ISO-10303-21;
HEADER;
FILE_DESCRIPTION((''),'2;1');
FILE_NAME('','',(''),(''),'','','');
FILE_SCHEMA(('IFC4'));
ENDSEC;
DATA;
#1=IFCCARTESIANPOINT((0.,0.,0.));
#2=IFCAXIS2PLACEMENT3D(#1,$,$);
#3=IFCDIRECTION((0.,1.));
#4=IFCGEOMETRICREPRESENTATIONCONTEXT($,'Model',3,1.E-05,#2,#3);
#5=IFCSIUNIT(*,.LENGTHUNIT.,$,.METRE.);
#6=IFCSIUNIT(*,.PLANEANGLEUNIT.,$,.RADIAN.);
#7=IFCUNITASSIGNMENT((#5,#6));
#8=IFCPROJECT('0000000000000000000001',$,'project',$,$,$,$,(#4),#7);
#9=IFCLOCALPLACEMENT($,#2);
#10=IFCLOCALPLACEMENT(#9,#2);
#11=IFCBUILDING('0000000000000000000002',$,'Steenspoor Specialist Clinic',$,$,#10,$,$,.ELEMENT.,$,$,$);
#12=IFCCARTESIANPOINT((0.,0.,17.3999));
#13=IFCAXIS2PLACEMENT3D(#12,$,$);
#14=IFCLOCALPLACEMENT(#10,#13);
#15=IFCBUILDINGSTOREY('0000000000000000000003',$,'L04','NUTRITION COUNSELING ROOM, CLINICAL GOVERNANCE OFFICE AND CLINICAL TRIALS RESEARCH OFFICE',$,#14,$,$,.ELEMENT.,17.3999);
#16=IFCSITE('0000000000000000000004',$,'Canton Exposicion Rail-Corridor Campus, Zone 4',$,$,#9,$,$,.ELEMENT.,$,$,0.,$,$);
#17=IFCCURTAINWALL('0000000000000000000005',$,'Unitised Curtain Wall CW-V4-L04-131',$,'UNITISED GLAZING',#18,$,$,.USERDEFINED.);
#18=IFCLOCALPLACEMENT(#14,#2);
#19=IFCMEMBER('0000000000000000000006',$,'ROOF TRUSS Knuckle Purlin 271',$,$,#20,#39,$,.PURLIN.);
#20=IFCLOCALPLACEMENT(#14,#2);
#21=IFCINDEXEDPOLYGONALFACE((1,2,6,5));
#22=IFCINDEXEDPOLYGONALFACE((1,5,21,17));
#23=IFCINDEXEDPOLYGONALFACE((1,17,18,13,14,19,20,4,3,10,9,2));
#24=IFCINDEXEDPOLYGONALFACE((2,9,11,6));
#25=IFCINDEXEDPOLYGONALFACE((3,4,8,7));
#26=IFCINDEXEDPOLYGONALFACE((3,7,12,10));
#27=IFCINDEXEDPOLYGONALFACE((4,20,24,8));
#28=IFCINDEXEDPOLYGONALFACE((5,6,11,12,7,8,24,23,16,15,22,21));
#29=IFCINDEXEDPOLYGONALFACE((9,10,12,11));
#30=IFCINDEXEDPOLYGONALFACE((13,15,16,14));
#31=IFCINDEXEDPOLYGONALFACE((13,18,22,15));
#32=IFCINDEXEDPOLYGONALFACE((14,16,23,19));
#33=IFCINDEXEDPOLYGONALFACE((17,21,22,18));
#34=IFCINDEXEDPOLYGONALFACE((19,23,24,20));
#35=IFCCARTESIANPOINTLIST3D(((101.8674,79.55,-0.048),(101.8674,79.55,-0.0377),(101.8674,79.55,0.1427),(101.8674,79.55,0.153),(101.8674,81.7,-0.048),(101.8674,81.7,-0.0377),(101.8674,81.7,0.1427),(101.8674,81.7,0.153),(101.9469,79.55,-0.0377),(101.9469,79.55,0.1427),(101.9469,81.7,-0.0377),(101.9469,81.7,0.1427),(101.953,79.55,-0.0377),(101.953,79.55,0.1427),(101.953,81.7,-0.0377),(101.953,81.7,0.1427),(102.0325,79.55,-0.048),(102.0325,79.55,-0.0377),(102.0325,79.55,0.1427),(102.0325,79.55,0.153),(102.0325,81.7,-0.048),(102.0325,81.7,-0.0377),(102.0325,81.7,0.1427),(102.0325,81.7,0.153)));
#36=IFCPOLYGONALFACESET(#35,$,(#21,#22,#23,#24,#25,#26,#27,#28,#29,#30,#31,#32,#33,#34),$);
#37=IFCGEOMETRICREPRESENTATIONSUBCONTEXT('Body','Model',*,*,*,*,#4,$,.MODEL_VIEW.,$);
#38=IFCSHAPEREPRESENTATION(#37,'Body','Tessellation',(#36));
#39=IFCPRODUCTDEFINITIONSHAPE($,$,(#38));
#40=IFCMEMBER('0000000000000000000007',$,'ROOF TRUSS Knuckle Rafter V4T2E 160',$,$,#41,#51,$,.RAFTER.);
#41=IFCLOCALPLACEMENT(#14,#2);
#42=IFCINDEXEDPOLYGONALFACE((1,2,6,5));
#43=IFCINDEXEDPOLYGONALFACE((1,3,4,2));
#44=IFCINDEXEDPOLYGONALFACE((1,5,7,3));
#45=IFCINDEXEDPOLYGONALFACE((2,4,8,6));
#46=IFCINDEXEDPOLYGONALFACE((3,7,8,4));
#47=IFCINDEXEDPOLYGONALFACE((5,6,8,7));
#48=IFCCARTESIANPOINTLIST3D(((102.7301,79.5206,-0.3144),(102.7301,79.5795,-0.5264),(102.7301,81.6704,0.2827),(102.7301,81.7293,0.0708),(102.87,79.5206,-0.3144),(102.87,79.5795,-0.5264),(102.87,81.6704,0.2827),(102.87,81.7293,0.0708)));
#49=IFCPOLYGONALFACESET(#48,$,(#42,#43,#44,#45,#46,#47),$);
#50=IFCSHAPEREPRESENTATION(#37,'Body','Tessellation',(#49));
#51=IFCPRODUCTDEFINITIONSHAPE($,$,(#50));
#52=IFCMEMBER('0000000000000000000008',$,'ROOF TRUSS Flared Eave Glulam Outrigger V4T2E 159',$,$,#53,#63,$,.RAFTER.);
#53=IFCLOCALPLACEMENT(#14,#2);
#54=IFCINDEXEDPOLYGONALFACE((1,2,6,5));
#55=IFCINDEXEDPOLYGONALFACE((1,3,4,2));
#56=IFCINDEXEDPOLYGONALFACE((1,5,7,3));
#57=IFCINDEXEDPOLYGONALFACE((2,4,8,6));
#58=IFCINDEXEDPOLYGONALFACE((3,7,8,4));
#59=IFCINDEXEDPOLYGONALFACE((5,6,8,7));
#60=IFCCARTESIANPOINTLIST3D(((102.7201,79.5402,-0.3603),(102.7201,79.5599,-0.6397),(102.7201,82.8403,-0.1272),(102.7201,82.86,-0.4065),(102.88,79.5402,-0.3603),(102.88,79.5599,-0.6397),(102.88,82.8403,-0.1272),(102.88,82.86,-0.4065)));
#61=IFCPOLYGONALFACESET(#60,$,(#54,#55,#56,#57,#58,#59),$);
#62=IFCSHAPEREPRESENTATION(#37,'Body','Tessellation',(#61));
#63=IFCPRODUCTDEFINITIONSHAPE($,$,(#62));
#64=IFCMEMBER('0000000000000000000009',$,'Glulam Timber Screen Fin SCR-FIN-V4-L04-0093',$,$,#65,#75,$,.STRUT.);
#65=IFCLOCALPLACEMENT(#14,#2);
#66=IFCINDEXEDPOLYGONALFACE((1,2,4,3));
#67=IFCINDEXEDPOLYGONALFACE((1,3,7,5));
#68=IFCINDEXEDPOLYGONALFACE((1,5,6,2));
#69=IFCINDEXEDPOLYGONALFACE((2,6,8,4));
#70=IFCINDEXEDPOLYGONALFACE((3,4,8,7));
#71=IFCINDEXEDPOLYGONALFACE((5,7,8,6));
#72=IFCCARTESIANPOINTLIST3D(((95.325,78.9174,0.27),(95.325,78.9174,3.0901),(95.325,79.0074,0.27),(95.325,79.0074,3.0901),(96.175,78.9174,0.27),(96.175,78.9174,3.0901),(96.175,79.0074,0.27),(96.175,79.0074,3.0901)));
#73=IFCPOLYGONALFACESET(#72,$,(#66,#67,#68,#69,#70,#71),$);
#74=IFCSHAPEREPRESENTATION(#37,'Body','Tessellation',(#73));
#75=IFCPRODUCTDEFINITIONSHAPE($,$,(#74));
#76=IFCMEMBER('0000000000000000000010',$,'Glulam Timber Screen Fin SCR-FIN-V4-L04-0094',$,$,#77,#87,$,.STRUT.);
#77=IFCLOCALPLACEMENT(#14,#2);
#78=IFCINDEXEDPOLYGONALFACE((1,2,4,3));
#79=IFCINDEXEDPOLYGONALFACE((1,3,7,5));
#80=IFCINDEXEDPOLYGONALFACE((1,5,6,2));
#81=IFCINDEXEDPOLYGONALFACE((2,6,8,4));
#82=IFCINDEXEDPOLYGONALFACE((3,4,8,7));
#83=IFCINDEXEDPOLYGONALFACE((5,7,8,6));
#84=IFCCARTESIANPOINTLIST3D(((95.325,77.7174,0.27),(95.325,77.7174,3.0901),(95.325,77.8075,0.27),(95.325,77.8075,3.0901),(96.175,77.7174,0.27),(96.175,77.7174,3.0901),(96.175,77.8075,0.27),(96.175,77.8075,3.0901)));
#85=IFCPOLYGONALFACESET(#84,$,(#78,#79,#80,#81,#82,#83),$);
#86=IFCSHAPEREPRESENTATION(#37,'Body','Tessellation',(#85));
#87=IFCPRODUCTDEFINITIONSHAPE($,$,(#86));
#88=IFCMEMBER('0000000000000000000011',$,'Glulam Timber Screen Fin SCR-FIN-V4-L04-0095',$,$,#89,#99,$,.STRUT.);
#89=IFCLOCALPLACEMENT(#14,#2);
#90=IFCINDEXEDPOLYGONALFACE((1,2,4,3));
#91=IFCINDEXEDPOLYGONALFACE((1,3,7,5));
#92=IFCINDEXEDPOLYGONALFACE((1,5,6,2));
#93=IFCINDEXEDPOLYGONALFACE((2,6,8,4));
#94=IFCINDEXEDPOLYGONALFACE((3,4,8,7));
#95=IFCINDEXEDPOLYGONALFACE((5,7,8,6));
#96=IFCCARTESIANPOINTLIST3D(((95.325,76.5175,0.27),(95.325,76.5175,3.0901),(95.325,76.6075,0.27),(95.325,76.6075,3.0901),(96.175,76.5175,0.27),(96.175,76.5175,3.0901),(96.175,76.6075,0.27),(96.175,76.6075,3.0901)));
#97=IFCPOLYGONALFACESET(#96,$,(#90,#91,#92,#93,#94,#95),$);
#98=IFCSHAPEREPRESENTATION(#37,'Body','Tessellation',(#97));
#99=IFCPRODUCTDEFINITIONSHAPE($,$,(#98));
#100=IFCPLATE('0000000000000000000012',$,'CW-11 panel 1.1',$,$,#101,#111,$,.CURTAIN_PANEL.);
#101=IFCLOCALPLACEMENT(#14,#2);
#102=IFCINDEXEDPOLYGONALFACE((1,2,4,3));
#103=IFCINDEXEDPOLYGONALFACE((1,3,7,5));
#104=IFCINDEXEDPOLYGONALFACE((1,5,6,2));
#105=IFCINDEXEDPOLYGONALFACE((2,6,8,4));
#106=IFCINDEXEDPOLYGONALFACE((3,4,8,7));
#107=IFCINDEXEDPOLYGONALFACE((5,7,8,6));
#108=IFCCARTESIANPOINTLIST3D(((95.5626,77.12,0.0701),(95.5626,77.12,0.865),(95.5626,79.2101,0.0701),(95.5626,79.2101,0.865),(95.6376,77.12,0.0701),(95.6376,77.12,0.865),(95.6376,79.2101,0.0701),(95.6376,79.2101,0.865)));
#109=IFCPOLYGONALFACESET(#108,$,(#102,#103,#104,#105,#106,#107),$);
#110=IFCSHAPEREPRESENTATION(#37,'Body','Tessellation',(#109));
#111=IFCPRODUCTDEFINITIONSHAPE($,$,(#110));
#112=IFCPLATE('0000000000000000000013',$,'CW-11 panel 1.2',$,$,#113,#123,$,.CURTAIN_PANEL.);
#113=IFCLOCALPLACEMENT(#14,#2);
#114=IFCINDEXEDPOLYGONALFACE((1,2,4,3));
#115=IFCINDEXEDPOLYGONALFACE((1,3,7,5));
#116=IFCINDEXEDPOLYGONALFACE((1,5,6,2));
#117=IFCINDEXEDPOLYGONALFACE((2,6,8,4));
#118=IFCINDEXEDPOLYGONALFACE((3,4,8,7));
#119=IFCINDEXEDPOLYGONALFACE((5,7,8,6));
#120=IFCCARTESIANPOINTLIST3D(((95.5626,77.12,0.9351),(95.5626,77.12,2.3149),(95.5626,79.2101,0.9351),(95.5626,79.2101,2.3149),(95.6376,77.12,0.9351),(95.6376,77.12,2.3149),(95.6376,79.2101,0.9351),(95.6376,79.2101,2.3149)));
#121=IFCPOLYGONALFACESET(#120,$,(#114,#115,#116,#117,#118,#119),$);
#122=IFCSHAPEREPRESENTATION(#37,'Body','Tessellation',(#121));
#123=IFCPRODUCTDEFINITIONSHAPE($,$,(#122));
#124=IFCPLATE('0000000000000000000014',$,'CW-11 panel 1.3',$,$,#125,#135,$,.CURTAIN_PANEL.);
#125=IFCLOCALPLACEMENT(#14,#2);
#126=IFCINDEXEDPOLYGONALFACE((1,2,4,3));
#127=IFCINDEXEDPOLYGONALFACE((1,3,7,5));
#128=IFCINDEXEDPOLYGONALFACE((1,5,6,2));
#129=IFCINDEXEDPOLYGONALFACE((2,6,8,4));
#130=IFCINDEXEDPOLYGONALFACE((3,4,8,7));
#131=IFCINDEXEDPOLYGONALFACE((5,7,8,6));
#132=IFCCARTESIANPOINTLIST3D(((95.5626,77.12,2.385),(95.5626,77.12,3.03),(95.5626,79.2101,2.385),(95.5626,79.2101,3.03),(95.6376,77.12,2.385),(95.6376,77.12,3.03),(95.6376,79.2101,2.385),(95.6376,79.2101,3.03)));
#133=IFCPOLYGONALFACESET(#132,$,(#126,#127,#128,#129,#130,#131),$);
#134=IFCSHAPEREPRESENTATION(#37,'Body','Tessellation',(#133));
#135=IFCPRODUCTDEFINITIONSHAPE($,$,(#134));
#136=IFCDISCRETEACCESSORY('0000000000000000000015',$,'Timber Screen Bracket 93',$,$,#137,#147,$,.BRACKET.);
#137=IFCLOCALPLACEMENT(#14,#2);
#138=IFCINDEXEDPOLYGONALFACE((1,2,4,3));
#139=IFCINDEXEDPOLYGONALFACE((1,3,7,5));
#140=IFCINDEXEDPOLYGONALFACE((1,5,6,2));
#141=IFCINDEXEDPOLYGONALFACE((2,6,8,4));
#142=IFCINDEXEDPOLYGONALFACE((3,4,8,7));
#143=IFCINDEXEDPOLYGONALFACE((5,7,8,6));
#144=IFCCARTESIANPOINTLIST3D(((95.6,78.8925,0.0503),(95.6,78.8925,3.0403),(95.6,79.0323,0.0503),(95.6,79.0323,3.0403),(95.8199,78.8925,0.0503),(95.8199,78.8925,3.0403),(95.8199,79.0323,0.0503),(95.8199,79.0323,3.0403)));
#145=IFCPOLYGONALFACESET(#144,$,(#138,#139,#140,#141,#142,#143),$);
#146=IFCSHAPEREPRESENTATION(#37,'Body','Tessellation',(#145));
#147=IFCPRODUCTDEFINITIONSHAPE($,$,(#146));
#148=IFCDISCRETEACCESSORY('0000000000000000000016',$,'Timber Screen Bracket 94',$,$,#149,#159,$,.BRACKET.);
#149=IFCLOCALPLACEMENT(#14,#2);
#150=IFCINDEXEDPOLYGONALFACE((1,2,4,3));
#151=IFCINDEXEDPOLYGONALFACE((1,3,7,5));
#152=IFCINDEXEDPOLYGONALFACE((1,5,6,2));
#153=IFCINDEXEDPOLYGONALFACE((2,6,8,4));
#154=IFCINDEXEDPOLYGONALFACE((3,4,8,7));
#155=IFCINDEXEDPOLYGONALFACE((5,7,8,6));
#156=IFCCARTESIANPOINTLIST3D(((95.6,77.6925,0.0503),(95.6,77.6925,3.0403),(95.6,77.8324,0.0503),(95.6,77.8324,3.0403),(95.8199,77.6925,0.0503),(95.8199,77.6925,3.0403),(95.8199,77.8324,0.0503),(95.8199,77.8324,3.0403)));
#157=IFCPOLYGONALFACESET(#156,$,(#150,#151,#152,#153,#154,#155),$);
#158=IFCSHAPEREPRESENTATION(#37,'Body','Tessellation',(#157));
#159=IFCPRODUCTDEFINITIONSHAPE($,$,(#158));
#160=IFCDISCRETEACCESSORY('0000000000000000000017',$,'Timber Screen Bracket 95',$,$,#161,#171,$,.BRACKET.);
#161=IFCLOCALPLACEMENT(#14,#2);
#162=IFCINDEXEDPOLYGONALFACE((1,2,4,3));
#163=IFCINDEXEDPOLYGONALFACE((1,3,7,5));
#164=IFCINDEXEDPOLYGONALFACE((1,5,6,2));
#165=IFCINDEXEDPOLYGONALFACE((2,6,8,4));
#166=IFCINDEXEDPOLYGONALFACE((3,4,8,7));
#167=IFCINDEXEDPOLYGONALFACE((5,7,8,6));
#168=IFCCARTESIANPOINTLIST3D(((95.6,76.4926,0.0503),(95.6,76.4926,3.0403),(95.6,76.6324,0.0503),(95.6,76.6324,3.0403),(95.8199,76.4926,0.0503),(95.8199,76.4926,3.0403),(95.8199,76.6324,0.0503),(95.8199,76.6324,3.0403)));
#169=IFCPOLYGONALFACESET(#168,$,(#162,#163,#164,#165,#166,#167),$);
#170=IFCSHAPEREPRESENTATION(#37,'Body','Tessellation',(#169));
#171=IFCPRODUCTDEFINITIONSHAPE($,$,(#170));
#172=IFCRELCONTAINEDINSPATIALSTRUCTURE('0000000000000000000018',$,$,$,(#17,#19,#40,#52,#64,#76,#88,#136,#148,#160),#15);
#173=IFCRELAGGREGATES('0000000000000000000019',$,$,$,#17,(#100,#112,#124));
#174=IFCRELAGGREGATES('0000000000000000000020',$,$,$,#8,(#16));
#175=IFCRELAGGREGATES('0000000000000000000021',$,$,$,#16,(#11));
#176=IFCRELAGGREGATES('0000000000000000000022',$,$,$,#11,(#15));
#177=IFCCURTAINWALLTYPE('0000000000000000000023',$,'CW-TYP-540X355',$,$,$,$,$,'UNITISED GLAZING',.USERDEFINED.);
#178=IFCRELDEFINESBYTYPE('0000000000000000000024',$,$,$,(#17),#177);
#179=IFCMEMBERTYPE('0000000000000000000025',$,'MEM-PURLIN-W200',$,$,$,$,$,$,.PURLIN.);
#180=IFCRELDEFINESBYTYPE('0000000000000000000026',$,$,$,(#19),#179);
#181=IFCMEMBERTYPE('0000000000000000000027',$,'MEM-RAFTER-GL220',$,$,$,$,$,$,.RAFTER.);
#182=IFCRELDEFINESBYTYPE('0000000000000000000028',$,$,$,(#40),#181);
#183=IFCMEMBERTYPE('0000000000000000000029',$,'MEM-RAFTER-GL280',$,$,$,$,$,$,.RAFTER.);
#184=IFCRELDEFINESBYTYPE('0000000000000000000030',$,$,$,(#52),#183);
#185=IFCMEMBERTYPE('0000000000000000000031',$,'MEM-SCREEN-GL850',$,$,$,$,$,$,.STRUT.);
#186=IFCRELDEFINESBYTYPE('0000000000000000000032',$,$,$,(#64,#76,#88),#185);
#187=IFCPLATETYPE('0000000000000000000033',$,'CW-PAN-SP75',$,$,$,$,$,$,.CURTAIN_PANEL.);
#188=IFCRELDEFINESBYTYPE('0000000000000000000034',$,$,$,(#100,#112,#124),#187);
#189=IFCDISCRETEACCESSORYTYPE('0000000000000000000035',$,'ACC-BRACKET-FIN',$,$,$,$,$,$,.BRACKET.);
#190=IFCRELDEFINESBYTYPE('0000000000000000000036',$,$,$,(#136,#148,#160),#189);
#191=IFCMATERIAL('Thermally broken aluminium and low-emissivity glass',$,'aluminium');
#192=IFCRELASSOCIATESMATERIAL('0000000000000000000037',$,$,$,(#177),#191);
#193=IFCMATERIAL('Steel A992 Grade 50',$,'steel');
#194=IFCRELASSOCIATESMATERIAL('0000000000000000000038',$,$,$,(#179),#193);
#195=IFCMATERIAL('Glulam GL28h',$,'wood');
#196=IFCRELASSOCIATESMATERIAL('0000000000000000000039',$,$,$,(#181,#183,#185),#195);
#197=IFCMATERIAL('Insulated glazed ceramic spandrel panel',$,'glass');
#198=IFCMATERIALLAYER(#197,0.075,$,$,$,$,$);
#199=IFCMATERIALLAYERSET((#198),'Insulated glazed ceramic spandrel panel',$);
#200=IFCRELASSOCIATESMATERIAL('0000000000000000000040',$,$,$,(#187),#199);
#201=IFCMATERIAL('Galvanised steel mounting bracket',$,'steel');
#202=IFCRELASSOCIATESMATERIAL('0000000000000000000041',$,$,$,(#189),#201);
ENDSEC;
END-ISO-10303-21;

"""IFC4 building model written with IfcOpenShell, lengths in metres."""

from ifc_helpers import new_model, si_unit, direction, frame, origin, origin_2d, place, context, subcontext, project, spatial, rectangle, i_section, extrude, material, layer, layer_set, material_profile, profile_set, type_object, element, aggregate, save


model = new_model("IFC4")

# Units and contexts
model_context = context("Model", 3, precision=1e-05, world=origin(), true_north=direction((0.0, 1.0)))
body_context = subcontext(model_context, "Body", "Model", "MODEL_VIEW")
ifc_project = project(units=[si_unit("LENGTHUNIT", "METRE"), si_unit("PLANEANGLEUNIT", "RADIAN")], contexts=[model_context])

# Site, building, storey
site_placement = place(None, origin())
site = spatial("IfcSite", under=ifc_project, at=site_placement, Name="Canton Exposicion Rail-Corridor Campus, Zone 4", CompositionType="ELEMENT", RefElevation=0.0)
building_placement = place(site_placement, origin())
building = spatial("IfcBuilding", under=site, at=building_placement, Name="Steenspoor Specialist Clinic", CompositionType="ELEMENT")
storey_placement = place(building_placement, frame((0.0, 0.0, 17.3999)))
storey = spatial("IfcBuildingStorey", under=building, at=storey_placement, Name="L04", Description="NUTRITION COUNSELING ROOM, CLINICAL GOVERNANCE OFFICE AND CLINICAL TRIALS RESEARCH OFFICE", CompositionType="ELEMENT", Elevation=17.3999)

# Shared definitions
ifc_material_1 = material(Name="Glulam GL28h", Category="wood")

# Curtain wall
ifc_material_2 = material(Name="Thermally broken aluminium and low-emissivity glass", Category="aluminium")
curtain_wall_type = type_object("IfcCurtainWallType", Name="CW-TYP-540X355", ElementType="UNITISED GLAZING", PredefinedType="USERDEFINED", material=ifc_material_2)
curtain_wall_placement = place(storey_placement, origin())
curtain_wall = element("IfcCurtainWall", 1, at=curtain_wall_placement, inside=storey, type_object=curtain_wall_type, Name="Unitised Curtain Wall CW-V4-L04-131", ObjectType="UNITISED GLAZING", PredefinedType="USERDEFINED")

# Members
ifc_material_3 = material(Name="Steel A992 Grade 50", Category="steel")
ifc_material_profile_1 = material_profile(ifc_material_3, i_section(OverallWidth=0.165, OverallDepth=0.2009, WebThickness=0.0061, FlangeThickness=0.0103, at=origin_2d()), Name="W200X36")
ifc_profile_set_1 = profile_set([ifc_material_profile_1], Name="Steel A992 Grade 50")
member_type_1 = type_object("IfcMemberType", Name="MEM-PURLIN-W200", PredefinedType="PURLIN", material=ifc_profile_set_1)
member_1_placement = place(storey_placement, frame((101.95, 79.55, 0.0525), z_axis=(0.0, 1.0, 0.0), x_axis=(-1.0, 0.0, 0.0)))
element("IfcMember", 2, at=member_1_placement, inside=storey, type_object=member_type_1, Name="ROOF TRUSS Knuckle Purlin 271", PredefinedType="PURLIN", context=body_context, shape_type="SweptSolid", body=[
    extrude(i_section(OverallWidth=0.165, OverallDepth=0.2009, WebThickness=0.0061, FlangeThickness=0.0103, at=origin_2d()), origin(), (0.0, 0.0, 1.0), 2.1499),
])
ifc_material_profile_2 = material_profile(ifc_material_1, rectangle(XDim=0.1399, YDim=0.22, at=origin_2d()), Name="GL28H-140X220")
ifc_profile_set_2 = profile_set([ifc_material_profile_2], Name="Glulam GL28h")
member_type_2 = type_object("IfcMemberType", Name="MEM-RAFTER-GL220", PredefinedType="RAFTER", material=ifc_profile_set_2)
member_2_placement = place(storey_placement, frame((102.8, 79.55, -0.4204), z_axis=(0.0, 0.963521, 0.267633), x_axis=(-1.0, 0.0, 0.0)))
element("IfcMember", 3, at=member_2_placement, inside=storey, type_object=member_type_2, Name="ROOF TRUSS Knuckle Rafter V4T2E 160", PredefinedType="RAFTER", context=body_context, shape_type="SweptSolid", body=[
    extrude(rectangle(XDim=0.1399, YDim=0.22, at=origin_2d()), origin(), (0.0, 0.0, 1.0), 2.2312),
])
ifc_material_profile_3 = material_profile(ifc_material_1, rectangle(XDim=0.1599, YDim=0.28, at=origin_2d()), Name="GL28H-160X280")
ifc_profile_set_3 = profile_set([ifc_material_profile_3], Name="Glulam GL28h")
member_type_3 = type_object("IfcMemberType", Name="MEM-RAFTER-GL280", PredefinedType="RAFTER", material=ifc_profile_set_3)
member_3_placement = place(storey_placement, frame((102.8, 79.55, -0.5), z_axis=(0.0, 0.997513, 0.070476), x_axis=(-1.0, 0.0, 0.0)))
element("IfcMember", 4, at=member_3_placement, inside=storey, type_object=member_type_3, Name="ROOF TRUSS Flared Eave Glulam Outrigger V4T2E 159", PredefinedType="RAFTER", context=body_context, shape_type="SweptSolid", body=[
    extrude(rectangle(XDim=0.1599, YDim=0.28, at=origin_2d()), origin(), (0.0, 0.0, 1.0), 3.3083),
])
ifc_material_profile_4 = material_profile(ifc_material_1, rectangle(XDim=0.0901, YDim=0.8501, at=origin_2d()), Name="GL28H-90X850")
ifc_profile_set_4 = profile_set([ifc_material_profile_4], Name="Glulam GL28h")
member_type_4 = type_object("IfcMemberType", Name="MEM-SCREEN-GL850", PredefinedType="STRUT", material=ifc_profile_set_4)
for number, where, z_axis, x_axis, name in (
    (5, (95.75, 78.9624, 0.27), (0.0, 0.0, 1.0), (0.0, -1.0, 0.0), "Glulam Timber Screen Fin SCR-FIN-V4-L04-0093"),
    (6, (95.75, 77.7625, 0.27), (0.0, 0.0, 1.0), (0.0, -1.0, 0.0), "Glulam Timber Screen Fin SCR-FIN-V4-L04-0094"),
    (7, (95.75, 76.5625, 0.27), (0.0, 0.0, 1.0), (0.0, -1.0, 0.0), "Glulam Timber Screen Fin SCR-FIN-V4-L04-0095"),
):
    element("IfcMember", number, at=place(storey_placement, frame(where, z_axis=z_axis, x_axis=x_axis)), inside=storey, type_object=member_type_4, Name=name, PredefinedType="STRUT", context=body_context, shape_type="SweptSolid", body=[
        extrude(rectangle(XDim=0.0901, YDim=0.8501, at=origin_2d()), origin(), (0.0, 0.0, 1.0), 2.8201),
    ])

# Plates
ifc_material_4 = material(Name="Insulated glazed ceramic spandrel panel", Category="glass")
ifc_layer = layer(ifc_material_4, 0.075)
ifc_layer_set = layer_set([ifc_layer], Name="Insulated glazed ceramic spandrel panel")
plate_type = type_object("IfcPlateType", Name="CW-PAN-SP75", PredefinedType="CURTAIN_PANEL", material=ifc_layer_set)
plate_1_placement = place(storey_placement, frame((95.6001, 78.165, 0.0701), z_axis=(0.0, 0.0, 1.0), x_axis=(0.0, -1.0, 0.0)))
plate_1 = element("IfcPlate", 8, at=plate_1_placement, type_object=plate_type, Name="CW-11 panel 1.1", PredefinedType="CURTAIN_PANEL", context=body_context, shape_type="SweptSolid", body=[
    extrude(rectangle(XDim=2.0901, YDim=0.075, at=origin_2d()), origin(), (0.0, 0.0, 1.0), 0.7949),
])
plate_2_placement = place(storey_placement, frame((95.6001, 78.165, 0.9351), z_axis=(0.0, 0.0, 1.0), x_axis=(0.0, -1.0, 0.0)))
plate_2 = element("IfcPlate", 9, at=plate_2_placement, type_object=plate_type, Name="CW-11 panel 1.2", PredefinedType="CURTAIN_PANEL", context=body_context, shape_type="SweptSolid", body=[
    extrude(rectangle(XDim=2.0901, YDim=0.075, at=origin_2d()), origin(), (0.0, 0.0, 1.0), 1.3799),
])
plate_3_placement = place(storey_placement, frame((95.6001, 78.165, 2.385), z_axis=(0.0, 0.0, 1.0), x_axis=(0.0, -1.0, 0.0)))
plate_3 = element("IfcPlate", 10, at=plate_3_placement, type_object=plate_type, Name="CW-11 panel 1.3", PredefinedType="CURTAIN_PANEL", context=body_context, shape_type="SweptSolid", body=[
    extrude(rectangle(XDim=2.0901, YDim=0.075, at=origin_2d()), origin(), (0.0, 0.0, 1.0), 0.645),
])
aggregate(curtain_wall, [plate_1, plate_2, plate_3])

# Discrete accessories
ifc_material_5 = material(Name="Galvanised steel mounting bracket", Category="steel")
discrete_accessory_type = type_object("IfcDiscreteAccessoryType", Name="ACC-BRACKET-FIN", PredefinedType="BRACKET", material=ifc_material_5)
for number, where, z_axis, x_axis, name in (
    (11, (95.71, 78.9624, 0.0503), (0.0, 0.0, 1.0), (1.0, 0.0, 0.0), "Timber Screen Bracket 93"),
    (12, (95.71, 77.7625, 0.0503), (0.0, 0.0, 1.0), (1.0, 0.0, 0.0), "Timber Screen Bracket 94"),
    (13, (95.71, 76.5625, 0.0503), (0.0, 0.0, 1.0), (1.0, 0.0, 0.0), "Timber Screen Bracket 95"),
):
    element("IfcDiscreteAccessory", number, at=place(storey_placement, frame(where, z_axis=z_axis, x_axis=x_axis)), inside=storey, type_object=discrete_accessory_type, Name=name, PredefinedType="BRACKET", context=body_context, shape_type="SweptSolid", body=[
        extrude(rectangle(XDim=0.22, YDim=0.1399, at=origin_2d()), origin(), (0.0, 0.0, 1.0), 2.99),
    ])

save(model, "model.ifc")
